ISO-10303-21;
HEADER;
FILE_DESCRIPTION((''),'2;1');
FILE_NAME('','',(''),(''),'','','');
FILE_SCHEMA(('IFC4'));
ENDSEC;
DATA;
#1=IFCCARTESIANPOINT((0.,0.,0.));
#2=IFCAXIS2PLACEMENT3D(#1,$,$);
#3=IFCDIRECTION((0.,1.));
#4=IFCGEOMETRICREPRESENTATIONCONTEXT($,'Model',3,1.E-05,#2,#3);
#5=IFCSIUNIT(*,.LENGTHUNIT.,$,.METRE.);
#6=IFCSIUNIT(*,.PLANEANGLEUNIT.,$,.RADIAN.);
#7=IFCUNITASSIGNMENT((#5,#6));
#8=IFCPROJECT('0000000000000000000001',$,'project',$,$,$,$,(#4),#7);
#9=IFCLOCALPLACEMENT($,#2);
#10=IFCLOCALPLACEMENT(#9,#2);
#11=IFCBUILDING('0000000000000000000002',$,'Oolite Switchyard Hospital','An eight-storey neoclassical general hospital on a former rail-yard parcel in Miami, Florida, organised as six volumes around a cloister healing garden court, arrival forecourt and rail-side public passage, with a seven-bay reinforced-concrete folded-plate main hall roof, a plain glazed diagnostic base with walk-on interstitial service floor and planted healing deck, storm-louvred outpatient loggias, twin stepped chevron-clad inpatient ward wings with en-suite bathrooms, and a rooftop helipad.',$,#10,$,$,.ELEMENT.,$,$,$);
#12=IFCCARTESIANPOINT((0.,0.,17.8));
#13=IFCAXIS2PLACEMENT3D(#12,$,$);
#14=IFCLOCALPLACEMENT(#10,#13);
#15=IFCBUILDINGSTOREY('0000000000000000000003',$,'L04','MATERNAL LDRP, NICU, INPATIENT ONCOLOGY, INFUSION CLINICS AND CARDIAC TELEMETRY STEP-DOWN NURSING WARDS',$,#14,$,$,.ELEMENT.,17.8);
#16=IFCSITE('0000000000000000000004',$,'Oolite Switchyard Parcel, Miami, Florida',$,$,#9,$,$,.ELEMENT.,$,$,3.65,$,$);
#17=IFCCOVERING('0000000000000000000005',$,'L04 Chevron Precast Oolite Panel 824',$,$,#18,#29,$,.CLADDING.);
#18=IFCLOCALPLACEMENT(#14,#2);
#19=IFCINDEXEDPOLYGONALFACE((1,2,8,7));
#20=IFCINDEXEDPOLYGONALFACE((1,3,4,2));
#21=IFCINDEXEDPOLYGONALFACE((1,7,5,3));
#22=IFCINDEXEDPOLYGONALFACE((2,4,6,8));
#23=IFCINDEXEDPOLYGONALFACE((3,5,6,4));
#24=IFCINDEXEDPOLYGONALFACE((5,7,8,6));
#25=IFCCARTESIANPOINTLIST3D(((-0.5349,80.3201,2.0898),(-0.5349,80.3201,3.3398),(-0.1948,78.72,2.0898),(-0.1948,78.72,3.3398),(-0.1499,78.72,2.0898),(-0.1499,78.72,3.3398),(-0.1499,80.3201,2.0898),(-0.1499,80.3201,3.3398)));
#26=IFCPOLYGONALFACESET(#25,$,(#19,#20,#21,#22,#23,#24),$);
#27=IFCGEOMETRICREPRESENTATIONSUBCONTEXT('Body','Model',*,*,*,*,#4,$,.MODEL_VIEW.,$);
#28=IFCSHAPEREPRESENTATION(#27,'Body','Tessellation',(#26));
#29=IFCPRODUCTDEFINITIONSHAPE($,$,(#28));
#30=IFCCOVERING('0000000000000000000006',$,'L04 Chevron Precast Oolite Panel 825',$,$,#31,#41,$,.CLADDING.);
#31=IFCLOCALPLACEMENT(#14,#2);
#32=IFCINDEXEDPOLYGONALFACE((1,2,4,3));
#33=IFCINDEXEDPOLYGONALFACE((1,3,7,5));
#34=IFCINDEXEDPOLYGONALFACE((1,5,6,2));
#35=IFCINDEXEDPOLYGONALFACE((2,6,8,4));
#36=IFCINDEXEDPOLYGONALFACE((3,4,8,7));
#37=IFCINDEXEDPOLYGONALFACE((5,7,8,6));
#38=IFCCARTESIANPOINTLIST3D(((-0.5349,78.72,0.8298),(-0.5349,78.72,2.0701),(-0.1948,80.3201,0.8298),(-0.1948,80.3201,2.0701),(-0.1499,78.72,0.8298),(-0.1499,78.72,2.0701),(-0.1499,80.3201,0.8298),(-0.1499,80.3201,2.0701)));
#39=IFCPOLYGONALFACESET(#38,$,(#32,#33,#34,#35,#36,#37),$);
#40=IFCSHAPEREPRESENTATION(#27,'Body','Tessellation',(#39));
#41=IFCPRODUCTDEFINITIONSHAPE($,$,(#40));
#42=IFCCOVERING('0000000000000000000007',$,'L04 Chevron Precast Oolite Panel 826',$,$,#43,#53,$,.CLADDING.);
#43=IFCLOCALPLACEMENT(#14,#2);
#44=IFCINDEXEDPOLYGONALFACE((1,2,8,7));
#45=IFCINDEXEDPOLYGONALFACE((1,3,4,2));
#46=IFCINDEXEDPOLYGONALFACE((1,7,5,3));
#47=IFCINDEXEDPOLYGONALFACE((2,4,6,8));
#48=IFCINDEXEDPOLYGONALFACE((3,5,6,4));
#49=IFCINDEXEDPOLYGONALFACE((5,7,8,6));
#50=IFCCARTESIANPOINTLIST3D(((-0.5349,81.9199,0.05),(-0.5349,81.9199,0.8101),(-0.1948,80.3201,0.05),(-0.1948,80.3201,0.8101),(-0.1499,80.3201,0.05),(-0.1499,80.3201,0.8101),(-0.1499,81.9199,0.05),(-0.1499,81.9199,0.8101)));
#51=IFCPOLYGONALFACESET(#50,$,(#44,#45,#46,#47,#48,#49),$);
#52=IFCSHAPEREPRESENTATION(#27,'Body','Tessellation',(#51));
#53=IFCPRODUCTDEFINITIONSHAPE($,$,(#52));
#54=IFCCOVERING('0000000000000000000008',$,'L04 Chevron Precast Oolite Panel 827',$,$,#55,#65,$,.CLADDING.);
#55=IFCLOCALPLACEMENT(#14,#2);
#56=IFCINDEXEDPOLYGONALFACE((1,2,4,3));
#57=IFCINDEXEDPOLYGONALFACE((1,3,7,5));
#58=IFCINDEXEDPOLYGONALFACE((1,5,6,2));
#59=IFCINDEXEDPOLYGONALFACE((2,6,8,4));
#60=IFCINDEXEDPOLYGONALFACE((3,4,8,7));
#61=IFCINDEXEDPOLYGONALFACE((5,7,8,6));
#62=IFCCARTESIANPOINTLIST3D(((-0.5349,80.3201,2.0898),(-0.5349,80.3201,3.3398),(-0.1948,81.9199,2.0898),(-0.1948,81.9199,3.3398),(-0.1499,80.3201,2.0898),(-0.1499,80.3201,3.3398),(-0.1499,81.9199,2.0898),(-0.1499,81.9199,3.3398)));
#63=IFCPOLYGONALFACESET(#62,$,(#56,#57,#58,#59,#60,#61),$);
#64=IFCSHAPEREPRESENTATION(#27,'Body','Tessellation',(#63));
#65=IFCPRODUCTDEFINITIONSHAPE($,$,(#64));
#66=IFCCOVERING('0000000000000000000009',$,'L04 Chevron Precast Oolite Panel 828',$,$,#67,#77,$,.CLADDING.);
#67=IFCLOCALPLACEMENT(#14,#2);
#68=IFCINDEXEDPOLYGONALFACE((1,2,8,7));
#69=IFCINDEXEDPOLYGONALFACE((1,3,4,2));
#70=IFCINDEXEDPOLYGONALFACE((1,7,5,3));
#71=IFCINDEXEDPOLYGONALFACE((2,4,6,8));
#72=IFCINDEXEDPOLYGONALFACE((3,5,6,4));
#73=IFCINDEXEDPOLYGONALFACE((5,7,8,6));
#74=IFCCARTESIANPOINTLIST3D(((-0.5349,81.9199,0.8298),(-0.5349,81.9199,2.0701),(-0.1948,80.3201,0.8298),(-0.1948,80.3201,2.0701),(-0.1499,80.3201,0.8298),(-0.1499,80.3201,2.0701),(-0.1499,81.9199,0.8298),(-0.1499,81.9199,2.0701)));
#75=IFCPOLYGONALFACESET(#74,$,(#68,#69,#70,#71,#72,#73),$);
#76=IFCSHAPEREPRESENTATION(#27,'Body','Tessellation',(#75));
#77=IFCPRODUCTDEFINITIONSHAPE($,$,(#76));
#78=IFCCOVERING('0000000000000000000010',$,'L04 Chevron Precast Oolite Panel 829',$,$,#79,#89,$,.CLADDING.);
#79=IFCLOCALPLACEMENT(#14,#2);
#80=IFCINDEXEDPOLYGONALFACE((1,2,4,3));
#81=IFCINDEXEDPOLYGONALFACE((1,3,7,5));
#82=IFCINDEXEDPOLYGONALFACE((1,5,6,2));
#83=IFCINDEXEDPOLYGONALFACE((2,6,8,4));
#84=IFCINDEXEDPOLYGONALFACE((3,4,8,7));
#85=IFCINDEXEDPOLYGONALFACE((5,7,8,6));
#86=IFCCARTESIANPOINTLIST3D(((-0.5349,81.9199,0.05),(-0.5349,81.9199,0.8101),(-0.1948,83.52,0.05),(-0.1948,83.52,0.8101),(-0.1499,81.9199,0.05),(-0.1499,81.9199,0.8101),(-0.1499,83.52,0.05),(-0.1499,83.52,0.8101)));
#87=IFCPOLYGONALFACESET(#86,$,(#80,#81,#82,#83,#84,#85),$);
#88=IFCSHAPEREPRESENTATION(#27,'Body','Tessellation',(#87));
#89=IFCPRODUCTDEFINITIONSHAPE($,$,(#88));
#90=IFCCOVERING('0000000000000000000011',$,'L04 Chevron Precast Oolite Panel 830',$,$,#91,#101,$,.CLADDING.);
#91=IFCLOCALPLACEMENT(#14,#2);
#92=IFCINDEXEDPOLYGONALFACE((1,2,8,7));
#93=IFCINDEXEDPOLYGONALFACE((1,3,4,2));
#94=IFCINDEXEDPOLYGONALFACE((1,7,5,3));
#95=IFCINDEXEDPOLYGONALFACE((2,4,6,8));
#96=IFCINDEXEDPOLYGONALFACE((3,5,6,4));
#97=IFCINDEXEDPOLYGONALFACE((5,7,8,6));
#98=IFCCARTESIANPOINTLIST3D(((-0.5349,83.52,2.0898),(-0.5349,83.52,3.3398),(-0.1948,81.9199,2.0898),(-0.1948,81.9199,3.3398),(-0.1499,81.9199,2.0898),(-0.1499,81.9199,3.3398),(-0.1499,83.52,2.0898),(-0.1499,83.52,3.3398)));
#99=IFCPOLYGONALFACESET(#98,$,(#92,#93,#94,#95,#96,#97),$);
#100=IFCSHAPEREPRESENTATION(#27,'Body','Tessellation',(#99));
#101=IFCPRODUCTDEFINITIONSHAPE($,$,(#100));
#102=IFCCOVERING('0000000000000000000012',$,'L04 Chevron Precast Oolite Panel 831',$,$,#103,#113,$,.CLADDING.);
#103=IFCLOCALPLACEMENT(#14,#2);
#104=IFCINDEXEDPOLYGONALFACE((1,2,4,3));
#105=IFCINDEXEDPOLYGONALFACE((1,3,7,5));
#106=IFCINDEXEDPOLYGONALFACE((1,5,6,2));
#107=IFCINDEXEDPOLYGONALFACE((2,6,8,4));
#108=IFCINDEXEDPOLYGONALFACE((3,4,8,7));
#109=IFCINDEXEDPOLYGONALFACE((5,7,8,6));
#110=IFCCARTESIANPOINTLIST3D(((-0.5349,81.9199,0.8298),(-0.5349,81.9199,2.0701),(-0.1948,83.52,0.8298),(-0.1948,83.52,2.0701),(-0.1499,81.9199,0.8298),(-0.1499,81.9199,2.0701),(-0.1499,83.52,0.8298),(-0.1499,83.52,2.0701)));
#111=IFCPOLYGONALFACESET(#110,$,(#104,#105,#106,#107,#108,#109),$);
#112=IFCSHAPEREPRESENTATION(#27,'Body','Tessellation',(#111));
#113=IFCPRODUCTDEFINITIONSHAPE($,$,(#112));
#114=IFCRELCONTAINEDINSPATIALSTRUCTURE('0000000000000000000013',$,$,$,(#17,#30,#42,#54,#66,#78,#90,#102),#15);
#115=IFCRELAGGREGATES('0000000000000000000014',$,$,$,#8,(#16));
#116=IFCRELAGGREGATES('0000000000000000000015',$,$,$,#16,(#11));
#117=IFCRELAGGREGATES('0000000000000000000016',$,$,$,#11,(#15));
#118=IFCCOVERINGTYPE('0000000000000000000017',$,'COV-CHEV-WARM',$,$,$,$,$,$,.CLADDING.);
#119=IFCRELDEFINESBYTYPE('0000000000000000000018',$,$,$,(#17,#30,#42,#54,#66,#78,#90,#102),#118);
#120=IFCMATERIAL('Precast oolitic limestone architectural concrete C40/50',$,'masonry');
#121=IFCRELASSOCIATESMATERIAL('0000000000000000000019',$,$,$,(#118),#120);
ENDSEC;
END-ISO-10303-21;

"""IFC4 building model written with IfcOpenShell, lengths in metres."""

from ifc_helpers import new_model, si_unit, direction, frame, origin, place, context, subcontext, project, spatial, polyline, outline, extrude, material, type_object, element, save


model = new_model("IFC4")

# Units and contexts
model_context = context("Model", 3, precision=1e-05, world=origin(), true_north=direction((0.0, 1.0)))
body_context = subcontext(model_context, "Body", "Model", "MODEL_VIEW")
ifc_project = project(units=[si_unit("LENGTHUNIT", "METRE"), si_unit("PLANEANGLEUNIT", "RADIAN")], contexts=[model_context])

# Site, building, storey
site_placement = place(None, origin())
site = spatial("IfcSite", under=ifc_project, at=site_placement, Name="Oolite Switchyard Parcel, Miami, Florida", CompositionType="ELEMENT", RefElevation=3.65)
building_placement = place(site_placement, origin())
building = spatial("IfcBuilding", under=site, at=building_placement, Name="Oolite Switchyard Hospital", Description="An eight-storey neoclassical general hospital on a former rail-yard parcel in Miami, Florida, organised as six volumes around a cloister healing garden court, arrival forecourt and rail-side public passage, with a seven-bay reinforced-concrete folded-plate main hall roof, a plain glazed diagnostic base with walk-on interstitial service floor and planted healing deck, storm-louvred outpatient loggias, twin stepped chevron-clad inpatient ward wings with en-suite bathrooms, and a rooftop helipad.", CompositionType="ELEMENT")
storey_placement = place(building_placement, frame((0.0, 0.0, 17.8)))
storey = spatial("IfcBuildingStorey", under=building, at=storey_placement, Name="L04", Description="MATERNAL LDRP, NICU, INPATIENT ONCOLOGY, INFUSION CLINICS AND CARDIAC TELEMETRY STEP-DOWN NURSING WARDS", CompositionType="ELEMENT", Elevation=17.8)

# Shared definitions
ifc_material_1 = material(Name="Precast oolitic limestone architectural concrete C40/50", Category="masonry")

# Coverings
covering_type = type_object("IfcCoveringType", Name="COV-CHEV-WARM", PredefinedType="CLADDING", material=ifc_material_1)
covering_1_placement = place(storey_placement, frame((-0.1499, 78.72, 2.0898), z_axis=(0.0, 0.0, 1.0), x_axis=(0.0, 1.0, 0.0)))
element("IfcCovering", 1, at=covering_1_placement, inside=storey, type_object=covering_type, Name="L04 Chevron Precast Oolite Panel 824", PredefinedType="CLADDING", context=body_context, shape_type="SweptSolid", body=[
    extrude(outline(polyline([(0.0, 0.0), (1.6001, 0.0), (1.6001, 0.385), (0.0, 0.0449), (0.0, 0.0)])), origin(), (0.0, 0.0, 1.0), 1.25),
])
covering_2_placement = place(storey_placement, frame((-0.1499, 78.72, 0.8298), z_axis=(0.0, 0.0, 1.0), x_axis=(0.0, 1.0, 0.0)))
element("IfcCovering", 2, at=covering_2_placement, inside=storey, type_object=covering_type, Name="L04 Chevron Precast Oolite Panel 825", PredefinedType="CLADDING", context=body_context, shape_type="SweptSolid", body=[
    extrude(outline(polyline([(0.0, 0.0), (1.6001, 0.0), (1.6001, 0.0449), (0.0, 0.385), (0.0, 0.0)])), origin(), (0.0, 0.0, 1.0), 1.2402),
])
covering_3_placement = place(storey_placement, frame((-0.1499, 80.3201, 0.05), z_axis=(0.0, 0.0, 1.0), x_axis=(0.0, 1.0, 0.0)))
element("IfcCovering", 3, at=covering_3_placement, inside=storey, type_object=covering_type, Name="L04 Chevron Precast Oolite Panel 826", PredefinedType="CLADDING", context=body_context, shape_type="SweptSolid", body=[
    extrude(outline(polyline([(0.0, 0.0), (1.5999, 0.0), (1.5999, 0.385), (0.0, 0.0449), (0.0, 0.0)])), origin(), (0.0, 0.0, 1.0), 0.76),
])
covering_4_placement = place(storey_placement, frame((-0.1499, 80.3201, 2.0898), z_axis=(0.0, 0.0, 1.0), x_axis=(0.0, 1.0, 0.0)))
element("IfcCovering", 4, at=covering_4_placement, inside=storey, type_object=covering_type, Name="L04 Chevron Precast Oolite Panel 827", PredefinedType="CLADDING", context=body_context, shape_type="SweptSolid", body=[
    extrude(outline(polyline([(0.0, 0.0), (1.5999, 0.0), (1.5999, 0.0449), (0.0, 0.385), (0.0, 0.0)])), origin(), (0.0, 0.0, 1.0), 1.25),
])
covering_5_placement = place(storey_placement, frame((-0.1499, 80.3201, 0.8298), z_axis=(0.0, 0.0, 1.0), x_axis=(0.0, 1.0, 0.0)))
element("IfcCovering", 5, at=covering_5_placement, inside=storey, type_object=covering_type, Name="L04 Chevron Precast Oolite Panel 828", PredefinedType="CLADDING", context=body_context, shape_type="SweptSolid", body=[
    extrude(outline(polyline([(0.0, 0.0), (1.5999, 0.0), (1.5999, 0.385), (0.0, 0.0449), (0.0, 0.0)])), origin(), (0.0, 0.0, 1.0), 1.2402),
])
covering_6_placement = place(storey_placement, frame((-0.1499, 81.9199, 0.05), z_axis=(0.0, 0.0, 1.0), x_axis=(0.0, 1.0, 0.0)))
element("IfcCovering", 6, at=covering_6_placement, inside=storey, type_object=covering_type, Name="L04 Chevron Precast Oolite Panel 829", PredefinedType="CLADDING", context=body_context, shape_type="SweptSolid", body=[
    extrude(outline(polyline([(0.0, 0.0), (1.6001, 0.0), (1.6001, 0.0449), (0.0, 0.385), (0.0, 0.0)])), origin(), (0.0, 0.0, 1.0), 0.76),
])
covering_7_placement = place(storey_placement, frame((-0.1499, 81.9199, 2.0898), z_axis=(0.0, 0.0, 1.0), x_axis=(0.0, 1.0, 0.0)))
element("IfcCovering", 7, at=covering_7_placement, inside=storey, type_object=covering_type, Name="L04 Chevron Precast Oolite Panel 830", PredefinedType="CLADDING", context=body_context, shape_type="SweptSolid", body=[
    extrude(outline(polyline([(0.0, 0.0), (1.6001, 0.0), (1.6001, 0.385), (0.0, 0.0449), (0.0, 0.0)])), origin(), (0.0, 0.0, 1.0), 1.25),
])
covering_8_placement = place(storey_placement, frame((-0.1499, 81.9199, 0.8298), z_axis=(0.0, 0.0, 1.0), x_axis=(0.0, 1.0, 0.0)))
element("IfcCovering", 8, at=covering_8_placement, inside=storey, type_object=covering_type, Name="L04 Chevron Precast Oolite Panel 831", PredefinedType="CLADDING", context=body_context, shape_type="SweptSolid", body=[
    extrude(outline(polyline([(0.0, 0.0), (1.6001, 0.0), (1.6001, 0.0449), (0.0, 0.385), (0.0, 0.0)])), origin(), (0.0, 0.0, 1.0), 1.2402),
])

save(model, "model.ifc")
